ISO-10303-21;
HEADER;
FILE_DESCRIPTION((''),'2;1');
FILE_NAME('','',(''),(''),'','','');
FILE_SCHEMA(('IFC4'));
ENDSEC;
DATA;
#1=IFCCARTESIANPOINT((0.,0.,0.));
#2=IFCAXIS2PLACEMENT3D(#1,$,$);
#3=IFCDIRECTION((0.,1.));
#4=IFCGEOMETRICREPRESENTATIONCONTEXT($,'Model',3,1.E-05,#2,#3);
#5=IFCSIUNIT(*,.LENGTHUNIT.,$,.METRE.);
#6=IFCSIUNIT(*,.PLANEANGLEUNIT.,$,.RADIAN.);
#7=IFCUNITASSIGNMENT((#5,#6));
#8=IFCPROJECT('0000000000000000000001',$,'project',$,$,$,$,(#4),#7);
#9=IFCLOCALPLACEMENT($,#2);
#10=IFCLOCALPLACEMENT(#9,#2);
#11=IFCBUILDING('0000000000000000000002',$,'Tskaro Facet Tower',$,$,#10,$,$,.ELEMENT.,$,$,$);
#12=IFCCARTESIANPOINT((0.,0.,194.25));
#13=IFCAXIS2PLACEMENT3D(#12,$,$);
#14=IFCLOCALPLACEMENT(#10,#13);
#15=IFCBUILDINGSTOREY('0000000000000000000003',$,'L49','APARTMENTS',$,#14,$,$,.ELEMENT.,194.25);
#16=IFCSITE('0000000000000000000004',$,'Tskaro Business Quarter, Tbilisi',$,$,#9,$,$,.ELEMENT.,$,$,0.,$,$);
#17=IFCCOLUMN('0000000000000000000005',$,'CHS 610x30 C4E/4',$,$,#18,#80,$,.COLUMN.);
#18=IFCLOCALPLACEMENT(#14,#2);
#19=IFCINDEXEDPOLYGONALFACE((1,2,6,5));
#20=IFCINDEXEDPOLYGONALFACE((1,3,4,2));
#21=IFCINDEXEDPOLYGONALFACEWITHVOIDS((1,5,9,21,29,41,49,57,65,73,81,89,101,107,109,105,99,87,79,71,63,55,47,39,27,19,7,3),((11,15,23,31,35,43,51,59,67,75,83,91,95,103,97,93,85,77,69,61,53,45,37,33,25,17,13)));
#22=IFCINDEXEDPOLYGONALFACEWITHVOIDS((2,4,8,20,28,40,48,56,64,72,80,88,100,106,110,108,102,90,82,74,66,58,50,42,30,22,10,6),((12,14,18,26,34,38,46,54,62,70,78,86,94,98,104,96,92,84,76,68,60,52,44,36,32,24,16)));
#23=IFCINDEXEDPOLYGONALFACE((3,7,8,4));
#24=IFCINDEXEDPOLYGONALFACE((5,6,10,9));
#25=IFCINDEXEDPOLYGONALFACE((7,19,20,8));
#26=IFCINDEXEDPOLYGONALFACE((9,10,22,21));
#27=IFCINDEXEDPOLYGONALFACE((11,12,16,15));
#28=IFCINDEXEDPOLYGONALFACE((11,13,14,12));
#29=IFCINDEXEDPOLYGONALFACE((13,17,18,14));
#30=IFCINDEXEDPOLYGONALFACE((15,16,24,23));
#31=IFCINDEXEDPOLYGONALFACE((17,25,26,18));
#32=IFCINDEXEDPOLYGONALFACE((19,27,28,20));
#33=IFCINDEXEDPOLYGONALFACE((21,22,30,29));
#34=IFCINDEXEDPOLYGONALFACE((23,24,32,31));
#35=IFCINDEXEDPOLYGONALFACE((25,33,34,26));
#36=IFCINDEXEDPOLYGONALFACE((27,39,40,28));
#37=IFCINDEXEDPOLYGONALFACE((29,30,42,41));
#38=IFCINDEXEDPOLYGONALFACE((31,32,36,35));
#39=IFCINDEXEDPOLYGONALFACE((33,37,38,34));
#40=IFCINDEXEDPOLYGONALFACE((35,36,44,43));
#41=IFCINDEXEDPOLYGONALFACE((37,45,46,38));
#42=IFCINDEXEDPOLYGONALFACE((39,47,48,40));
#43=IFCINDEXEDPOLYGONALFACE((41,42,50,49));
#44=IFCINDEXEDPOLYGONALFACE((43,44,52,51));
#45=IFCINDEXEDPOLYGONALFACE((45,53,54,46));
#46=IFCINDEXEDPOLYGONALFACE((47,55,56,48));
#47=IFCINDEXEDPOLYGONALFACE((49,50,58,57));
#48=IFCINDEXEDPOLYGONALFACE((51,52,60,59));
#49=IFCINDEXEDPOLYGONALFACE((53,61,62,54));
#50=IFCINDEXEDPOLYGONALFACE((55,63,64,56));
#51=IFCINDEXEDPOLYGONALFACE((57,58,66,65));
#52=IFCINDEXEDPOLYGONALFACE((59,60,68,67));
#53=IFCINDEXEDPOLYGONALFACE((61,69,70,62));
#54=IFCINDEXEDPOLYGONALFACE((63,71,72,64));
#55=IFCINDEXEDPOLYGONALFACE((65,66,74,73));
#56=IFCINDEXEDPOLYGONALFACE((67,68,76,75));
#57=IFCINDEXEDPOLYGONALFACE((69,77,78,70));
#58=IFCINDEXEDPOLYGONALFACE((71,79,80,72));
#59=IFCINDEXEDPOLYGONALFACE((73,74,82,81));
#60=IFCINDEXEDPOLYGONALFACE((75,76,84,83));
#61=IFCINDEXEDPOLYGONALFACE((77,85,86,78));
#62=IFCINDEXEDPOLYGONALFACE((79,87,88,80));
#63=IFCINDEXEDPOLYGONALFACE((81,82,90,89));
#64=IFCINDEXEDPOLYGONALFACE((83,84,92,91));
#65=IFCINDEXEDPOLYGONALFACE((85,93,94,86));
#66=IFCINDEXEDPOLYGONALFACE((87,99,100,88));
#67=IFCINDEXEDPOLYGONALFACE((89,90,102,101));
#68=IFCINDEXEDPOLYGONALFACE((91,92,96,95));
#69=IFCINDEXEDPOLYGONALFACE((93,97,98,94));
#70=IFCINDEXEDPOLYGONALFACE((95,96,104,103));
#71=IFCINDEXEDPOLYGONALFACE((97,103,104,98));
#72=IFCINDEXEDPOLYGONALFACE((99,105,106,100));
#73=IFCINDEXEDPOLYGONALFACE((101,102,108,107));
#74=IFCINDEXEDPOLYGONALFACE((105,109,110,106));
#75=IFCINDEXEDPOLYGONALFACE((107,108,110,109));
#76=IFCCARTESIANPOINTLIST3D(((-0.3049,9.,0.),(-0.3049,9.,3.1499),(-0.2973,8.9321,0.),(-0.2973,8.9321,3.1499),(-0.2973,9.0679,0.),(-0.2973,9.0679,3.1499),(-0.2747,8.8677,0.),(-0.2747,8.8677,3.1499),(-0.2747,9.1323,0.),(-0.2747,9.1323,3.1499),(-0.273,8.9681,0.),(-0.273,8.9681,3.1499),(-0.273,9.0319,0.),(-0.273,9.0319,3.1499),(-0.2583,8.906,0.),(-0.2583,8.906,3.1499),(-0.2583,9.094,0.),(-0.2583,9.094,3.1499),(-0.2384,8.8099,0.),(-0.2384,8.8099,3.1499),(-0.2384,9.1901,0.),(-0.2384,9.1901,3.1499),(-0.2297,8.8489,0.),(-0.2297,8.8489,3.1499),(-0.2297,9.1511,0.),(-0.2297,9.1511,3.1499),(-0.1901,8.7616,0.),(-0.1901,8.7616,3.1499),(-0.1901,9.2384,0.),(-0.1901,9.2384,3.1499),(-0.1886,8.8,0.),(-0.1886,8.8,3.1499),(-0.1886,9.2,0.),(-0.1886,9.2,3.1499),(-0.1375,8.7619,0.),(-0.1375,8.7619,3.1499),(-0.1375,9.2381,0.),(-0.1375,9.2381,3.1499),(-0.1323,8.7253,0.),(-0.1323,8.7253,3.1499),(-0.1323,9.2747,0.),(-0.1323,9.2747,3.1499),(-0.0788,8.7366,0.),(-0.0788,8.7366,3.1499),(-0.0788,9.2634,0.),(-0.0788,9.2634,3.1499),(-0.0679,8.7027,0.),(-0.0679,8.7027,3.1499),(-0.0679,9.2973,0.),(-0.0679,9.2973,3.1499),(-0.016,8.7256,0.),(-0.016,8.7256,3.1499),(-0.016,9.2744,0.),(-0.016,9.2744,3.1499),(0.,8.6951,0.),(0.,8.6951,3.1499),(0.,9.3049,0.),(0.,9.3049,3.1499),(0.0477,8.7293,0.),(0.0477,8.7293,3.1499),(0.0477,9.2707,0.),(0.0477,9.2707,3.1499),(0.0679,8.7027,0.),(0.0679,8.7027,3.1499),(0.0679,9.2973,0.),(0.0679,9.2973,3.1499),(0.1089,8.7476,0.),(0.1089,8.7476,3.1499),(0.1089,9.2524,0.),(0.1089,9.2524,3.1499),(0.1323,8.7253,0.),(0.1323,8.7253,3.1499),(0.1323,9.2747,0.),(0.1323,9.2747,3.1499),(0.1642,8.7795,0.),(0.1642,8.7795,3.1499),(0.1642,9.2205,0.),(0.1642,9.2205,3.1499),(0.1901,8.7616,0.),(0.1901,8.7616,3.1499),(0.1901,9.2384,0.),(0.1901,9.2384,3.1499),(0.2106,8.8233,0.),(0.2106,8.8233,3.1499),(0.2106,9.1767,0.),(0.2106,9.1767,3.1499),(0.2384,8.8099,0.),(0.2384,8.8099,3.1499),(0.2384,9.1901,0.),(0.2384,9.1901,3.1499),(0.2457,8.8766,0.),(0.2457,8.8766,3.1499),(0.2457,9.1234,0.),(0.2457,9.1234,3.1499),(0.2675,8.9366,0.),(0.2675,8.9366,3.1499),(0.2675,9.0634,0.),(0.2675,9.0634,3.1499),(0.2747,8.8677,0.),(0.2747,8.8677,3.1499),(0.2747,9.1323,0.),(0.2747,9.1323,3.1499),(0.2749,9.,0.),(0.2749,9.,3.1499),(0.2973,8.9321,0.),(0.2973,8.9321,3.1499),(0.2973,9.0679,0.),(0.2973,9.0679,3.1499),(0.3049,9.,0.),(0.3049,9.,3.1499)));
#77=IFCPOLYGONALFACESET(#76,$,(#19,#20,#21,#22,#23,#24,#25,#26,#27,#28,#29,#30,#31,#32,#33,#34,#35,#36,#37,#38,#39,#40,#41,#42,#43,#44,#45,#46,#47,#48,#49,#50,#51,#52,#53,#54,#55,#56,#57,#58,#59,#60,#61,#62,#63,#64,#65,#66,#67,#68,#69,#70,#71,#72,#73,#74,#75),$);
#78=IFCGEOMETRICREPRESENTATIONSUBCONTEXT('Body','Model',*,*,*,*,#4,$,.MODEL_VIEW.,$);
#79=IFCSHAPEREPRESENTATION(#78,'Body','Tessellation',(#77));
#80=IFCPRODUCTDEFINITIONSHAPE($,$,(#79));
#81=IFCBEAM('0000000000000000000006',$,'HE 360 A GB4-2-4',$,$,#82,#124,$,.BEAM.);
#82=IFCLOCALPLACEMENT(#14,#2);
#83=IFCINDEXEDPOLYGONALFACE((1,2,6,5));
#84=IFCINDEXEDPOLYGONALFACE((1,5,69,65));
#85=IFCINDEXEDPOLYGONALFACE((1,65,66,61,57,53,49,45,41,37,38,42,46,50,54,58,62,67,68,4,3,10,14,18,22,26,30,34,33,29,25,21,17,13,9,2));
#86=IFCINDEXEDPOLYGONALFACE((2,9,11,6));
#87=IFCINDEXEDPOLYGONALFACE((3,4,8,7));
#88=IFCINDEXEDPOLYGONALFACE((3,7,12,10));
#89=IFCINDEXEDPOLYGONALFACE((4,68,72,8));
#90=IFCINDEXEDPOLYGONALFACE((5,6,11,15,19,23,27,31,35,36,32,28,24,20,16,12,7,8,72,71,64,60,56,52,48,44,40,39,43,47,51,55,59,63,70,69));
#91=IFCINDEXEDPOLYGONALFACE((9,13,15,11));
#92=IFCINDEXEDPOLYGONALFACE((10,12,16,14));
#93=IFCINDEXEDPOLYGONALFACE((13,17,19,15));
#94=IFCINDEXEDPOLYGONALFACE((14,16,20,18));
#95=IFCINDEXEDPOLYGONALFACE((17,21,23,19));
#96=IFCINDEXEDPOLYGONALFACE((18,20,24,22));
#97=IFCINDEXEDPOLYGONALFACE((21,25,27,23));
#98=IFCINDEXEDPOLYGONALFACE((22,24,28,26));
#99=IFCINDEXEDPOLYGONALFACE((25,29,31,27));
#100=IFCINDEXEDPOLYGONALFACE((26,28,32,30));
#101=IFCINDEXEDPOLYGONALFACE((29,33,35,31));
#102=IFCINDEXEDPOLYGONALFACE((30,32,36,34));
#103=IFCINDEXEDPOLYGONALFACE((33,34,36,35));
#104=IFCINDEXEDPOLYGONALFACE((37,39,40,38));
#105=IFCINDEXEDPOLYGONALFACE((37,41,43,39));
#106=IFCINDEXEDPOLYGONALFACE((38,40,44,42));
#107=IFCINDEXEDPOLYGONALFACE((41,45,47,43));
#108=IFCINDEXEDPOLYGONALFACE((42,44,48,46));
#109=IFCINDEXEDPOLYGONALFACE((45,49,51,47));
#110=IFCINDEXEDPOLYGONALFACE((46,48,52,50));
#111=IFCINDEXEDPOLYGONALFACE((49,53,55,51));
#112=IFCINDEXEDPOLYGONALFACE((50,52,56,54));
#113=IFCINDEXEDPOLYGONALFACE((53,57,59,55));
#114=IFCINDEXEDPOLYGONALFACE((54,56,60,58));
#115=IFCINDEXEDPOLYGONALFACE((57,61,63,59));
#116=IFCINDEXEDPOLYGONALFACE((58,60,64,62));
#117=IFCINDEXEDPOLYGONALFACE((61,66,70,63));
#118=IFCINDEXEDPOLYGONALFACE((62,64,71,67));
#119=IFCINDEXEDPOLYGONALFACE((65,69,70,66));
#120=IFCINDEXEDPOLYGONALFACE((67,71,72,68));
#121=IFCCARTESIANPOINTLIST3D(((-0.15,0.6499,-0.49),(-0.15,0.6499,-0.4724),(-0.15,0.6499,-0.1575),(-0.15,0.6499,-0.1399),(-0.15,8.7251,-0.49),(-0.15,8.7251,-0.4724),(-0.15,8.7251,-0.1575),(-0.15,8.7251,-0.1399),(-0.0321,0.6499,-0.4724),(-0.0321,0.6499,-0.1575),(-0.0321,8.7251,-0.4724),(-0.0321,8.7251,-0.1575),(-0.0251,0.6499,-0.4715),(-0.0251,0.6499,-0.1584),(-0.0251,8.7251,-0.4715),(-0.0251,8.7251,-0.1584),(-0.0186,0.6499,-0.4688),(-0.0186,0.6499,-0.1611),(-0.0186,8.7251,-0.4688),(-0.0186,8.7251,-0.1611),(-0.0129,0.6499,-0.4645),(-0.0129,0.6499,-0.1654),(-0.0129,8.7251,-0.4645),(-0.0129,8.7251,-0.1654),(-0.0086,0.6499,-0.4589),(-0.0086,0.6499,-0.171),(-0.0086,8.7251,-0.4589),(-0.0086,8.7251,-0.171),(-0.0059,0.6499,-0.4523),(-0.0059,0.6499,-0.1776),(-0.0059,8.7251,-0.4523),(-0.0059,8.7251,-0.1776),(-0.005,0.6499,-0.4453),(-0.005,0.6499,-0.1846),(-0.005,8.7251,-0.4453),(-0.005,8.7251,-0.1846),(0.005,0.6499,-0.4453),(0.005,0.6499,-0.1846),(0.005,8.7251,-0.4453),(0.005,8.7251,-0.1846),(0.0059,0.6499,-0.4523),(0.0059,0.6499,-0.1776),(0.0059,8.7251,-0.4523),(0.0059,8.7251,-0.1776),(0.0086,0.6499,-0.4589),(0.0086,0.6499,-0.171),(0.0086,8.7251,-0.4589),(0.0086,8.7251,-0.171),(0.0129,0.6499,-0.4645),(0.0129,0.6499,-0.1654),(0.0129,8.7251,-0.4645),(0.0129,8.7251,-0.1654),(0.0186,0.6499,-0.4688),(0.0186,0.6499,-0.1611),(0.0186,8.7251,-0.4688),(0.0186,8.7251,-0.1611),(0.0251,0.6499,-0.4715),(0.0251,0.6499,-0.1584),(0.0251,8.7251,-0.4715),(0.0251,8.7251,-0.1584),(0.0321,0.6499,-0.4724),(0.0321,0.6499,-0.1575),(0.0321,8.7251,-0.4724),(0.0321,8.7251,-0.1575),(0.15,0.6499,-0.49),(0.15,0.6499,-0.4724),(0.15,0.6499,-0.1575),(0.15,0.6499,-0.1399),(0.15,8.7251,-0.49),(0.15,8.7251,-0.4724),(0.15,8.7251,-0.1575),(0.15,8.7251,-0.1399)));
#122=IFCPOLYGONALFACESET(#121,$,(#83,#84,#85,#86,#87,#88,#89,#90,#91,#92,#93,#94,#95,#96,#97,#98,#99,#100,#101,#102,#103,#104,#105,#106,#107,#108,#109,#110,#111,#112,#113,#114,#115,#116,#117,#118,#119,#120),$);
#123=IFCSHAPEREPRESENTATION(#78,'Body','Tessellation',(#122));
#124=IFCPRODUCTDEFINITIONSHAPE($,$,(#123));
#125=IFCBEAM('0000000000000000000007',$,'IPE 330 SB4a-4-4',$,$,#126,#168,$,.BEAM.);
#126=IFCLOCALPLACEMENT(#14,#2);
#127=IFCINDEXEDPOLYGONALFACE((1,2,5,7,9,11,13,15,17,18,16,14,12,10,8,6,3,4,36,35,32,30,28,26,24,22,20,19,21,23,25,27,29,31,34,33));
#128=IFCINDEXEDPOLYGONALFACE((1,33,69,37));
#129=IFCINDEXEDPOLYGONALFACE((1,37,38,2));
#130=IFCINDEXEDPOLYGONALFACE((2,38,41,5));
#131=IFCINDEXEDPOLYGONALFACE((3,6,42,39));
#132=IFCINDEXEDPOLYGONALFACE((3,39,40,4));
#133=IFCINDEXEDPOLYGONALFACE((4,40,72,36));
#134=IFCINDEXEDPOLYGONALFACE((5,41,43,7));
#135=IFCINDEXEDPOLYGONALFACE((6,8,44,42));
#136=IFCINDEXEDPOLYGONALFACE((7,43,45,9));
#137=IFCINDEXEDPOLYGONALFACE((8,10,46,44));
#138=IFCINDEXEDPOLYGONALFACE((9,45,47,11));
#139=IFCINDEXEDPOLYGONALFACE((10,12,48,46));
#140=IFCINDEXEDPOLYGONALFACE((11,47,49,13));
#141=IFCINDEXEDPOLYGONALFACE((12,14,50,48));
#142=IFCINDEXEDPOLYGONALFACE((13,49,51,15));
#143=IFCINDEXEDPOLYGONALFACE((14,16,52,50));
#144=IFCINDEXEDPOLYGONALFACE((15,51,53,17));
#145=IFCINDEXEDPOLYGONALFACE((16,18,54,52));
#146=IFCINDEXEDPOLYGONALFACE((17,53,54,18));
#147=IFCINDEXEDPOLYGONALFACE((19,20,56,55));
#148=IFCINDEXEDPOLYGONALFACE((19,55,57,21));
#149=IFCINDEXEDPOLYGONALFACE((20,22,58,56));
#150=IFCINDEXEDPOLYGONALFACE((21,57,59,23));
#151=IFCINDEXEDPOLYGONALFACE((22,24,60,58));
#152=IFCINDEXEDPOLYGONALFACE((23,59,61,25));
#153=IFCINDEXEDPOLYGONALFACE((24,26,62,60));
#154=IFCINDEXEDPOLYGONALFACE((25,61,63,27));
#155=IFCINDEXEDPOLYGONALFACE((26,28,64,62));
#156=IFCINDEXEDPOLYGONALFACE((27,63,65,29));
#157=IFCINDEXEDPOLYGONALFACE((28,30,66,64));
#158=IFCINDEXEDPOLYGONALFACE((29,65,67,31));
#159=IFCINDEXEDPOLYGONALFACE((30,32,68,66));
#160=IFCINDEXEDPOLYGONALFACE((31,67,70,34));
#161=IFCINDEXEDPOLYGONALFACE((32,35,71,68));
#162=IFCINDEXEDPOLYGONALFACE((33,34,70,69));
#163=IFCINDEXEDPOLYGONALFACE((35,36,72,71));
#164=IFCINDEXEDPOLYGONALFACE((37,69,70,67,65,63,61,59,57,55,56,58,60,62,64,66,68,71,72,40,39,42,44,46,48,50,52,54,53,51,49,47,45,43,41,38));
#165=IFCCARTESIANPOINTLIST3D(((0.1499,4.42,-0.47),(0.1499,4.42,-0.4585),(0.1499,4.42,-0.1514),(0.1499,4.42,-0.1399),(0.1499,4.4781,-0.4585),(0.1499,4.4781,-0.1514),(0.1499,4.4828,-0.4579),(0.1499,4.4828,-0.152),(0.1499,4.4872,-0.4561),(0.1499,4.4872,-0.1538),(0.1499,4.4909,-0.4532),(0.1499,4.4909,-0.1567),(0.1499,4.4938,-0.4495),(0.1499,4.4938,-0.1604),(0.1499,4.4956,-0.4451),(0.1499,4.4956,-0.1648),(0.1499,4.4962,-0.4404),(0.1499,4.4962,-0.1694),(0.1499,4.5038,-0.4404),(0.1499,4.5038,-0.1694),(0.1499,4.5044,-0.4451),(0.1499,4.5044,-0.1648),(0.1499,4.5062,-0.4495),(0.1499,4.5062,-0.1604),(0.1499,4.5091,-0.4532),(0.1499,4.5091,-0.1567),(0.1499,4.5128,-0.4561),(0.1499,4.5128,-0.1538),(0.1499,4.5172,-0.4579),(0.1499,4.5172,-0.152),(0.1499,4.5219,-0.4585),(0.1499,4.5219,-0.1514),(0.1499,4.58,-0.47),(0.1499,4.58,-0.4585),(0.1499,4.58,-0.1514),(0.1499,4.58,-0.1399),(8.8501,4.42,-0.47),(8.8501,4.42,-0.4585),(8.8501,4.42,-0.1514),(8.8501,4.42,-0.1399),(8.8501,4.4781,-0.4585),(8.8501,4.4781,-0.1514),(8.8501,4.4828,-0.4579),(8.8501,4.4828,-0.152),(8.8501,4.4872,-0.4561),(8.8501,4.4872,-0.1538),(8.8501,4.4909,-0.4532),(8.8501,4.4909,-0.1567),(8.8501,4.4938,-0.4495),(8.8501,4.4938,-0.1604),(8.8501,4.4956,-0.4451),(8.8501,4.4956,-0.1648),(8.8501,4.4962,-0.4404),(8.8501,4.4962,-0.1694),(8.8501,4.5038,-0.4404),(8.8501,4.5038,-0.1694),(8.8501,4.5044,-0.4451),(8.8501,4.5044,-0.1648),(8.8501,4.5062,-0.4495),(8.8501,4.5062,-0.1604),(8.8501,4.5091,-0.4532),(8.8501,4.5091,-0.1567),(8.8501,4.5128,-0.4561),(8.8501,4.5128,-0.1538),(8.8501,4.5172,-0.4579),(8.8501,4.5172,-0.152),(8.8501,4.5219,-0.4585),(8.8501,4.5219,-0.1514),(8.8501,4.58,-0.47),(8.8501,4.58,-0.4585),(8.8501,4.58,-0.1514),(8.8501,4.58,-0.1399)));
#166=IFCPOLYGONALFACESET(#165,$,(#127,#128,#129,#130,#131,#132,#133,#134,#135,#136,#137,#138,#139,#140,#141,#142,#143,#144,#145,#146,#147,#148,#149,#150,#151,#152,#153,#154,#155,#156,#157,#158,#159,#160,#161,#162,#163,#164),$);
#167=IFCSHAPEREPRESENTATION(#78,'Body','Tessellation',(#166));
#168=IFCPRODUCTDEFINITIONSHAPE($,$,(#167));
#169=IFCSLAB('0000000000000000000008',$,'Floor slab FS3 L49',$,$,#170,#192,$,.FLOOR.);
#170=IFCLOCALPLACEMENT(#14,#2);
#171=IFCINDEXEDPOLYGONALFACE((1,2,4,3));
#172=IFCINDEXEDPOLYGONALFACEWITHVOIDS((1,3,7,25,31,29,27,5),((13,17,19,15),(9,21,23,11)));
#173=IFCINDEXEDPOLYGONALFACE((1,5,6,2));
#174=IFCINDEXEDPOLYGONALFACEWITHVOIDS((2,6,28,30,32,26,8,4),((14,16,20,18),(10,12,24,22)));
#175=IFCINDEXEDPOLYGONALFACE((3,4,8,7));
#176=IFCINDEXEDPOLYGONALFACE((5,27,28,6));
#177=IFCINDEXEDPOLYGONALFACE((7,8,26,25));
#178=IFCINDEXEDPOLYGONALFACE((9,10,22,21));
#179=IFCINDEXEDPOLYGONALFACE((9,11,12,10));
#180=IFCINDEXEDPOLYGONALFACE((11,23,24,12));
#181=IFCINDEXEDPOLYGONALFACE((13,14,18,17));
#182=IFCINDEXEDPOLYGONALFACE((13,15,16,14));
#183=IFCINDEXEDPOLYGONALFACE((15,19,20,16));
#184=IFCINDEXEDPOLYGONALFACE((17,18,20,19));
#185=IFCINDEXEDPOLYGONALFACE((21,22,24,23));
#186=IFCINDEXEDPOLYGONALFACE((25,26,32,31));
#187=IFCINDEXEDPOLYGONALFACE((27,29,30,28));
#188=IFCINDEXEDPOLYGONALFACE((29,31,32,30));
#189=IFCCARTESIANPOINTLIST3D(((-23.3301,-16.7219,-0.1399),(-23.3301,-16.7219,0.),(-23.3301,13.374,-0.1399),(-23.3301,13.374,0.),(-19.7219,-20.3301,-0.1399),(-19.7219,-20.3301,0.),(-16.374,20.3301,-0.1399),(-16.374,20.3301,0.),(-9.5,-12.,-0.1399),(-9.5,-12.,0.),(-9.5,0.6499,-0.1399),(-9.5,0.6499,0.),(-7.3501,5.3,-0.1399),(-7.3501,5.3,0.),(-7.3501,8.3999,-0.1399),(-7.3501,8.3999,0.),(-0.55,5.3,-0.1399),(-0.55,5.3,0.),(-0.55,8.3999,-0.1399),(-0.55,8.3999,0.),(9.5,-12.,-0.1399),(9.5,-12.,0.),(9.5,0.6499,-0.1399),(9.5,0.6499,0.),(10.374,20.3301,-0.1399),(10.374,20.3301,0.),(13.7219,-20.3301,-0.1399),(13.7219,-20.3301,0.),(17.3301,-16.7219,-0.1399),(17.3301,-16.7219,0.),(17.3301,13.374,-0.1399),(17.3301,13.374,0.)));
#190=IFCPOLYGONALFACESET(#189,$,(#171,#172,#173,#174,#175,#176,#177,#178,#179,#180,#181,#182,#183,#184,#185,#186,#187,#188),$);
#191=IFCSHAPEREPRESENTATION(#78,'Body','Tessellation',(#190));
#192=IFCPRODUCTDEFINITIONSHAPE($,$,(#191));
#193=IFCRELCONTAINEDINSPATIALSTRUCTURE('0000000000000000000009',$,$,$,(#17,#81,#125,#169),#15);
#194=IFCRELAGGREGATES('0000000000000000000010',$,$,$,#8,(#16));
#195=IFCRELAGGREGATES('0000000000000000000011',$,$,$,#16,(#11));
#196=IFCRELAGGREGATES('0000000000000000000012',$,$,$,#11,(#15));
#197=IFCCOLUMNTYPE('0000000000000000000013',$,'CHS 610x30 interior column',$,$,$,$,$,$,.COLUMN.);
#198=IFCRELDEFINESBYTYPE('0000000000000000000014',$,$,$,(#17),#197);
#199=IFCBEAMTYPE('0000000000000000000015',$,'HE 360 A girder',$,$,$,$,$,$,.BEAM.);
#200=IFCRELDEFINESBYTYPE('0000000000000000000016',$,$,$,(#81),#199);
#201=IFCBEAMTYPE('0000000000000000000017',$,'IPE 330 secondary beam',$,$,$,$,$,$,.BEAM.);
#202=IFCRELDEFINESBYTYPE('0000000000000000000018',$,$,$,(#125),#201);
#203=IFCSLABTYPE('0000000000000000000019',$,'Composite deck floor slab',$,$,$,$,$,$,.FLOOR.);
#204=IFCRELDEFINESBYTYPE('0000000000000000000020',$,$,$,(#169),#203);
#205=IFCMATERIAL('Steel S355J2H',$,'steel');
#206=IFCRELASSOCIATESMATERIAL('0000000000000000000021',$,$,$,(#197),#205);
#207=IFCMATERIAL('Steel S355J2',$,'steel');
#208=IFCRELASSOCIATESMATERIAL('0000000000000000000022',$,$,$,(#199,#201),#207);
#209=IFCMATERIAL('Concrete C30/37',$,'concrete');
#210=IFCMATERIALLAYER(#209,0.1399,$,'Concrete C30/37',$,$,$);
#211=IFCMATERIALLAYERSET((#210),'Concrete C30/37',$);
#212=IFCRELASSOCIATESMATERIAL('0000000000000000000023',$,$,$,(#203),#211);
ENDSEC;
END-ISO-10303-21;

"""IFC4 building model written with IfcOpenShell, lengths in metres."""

from ifc_helpers import new_model, si_unit, direction, frame, origin, origin_2d, place, context, subcontext, project, spatial, polyline, hollow_circle, i_section, outline, extrude, material, layer, layer_set, material_profile, profile_set, type_object, element, save


model = new_model("IFC4")

# Units and contexts
model_context = context("Model", 3, precision=1e-05, world=origin(), true_north=direction((0.0, 1.0)))
body_context = subcontext(model_context, "Body", "Model", "MODEL_VIEW")
ifc_project = project(units=[si_unit("LENGTHUNIT", "METRE"), si_unit("PLANEANGLEUNIT", "RADIAN")], contexts=[model_context])

# Site, building, storey
site_placement = place(None, origin())
site = spatial("IfcSite", under=ifc_project, at=site_placement, Name="Tskaro Business Quarter, Tbilisi", CompositionType="ELEMENT", RefElevation=0.0)
building_placement = place(site_placement, origin())
building = spatial("IfcBuilding", under=site, at=building_placement, Name="Tskaro Facet Tower", CompositionType="ELEMENT")
storey_placement = place(building_placement, frame((0.0, 0.0, 194.25)))
storey = spatial("IfcBuildingStorey", under=building, at=storey_placement, Name="L49", Description="APARTMENTS", CompositionType="ELEMENT", Elevation=194.25)

# Column
ifc_material_1 = material(Name="Steel S355J2H", Category="steel")
ifc_material_profile_1 = material_profile(ifc_material_1, hollow_circle(Radius=0.3049, WallThickness=0.03, at=origin_2d()), Name="CHS 610x30")
ifc_profile_set_1 = profile_set([ifc_material_profile_1], Name="Steel S355J2H")
column_type = type_object("IfcColumnType", Name="CHS 610x30 interior column", PredefinedType="COLUMN", material=ifc_profile_set_1)
column_placement = place(storey_placement, frame((0.0, 9.0, 0.0), z_axis=(0.0, 0.0, 1.0), x_axis=(1.0, 0.0, 0.0)))
element("IfcColumn", 1, at=column_placement, inside=storey, type_object=column_type, Name="CHS 610x30 C4E/4", PredefinedType="COLUMN", context=body_context, shape_type="SweptSolid", body=[
    extrude(hollow_circle(Radius=0.3049, WallThickness=0.03, at=origin_2d()), origin(), (0.0, 0.0, 1.0), 3.1499),
])

# Beams
ifc_material_2 = material(Name="Steel S355J2", Category="steel")
ifc_material_profile_2 = material_profile(ifc_material_2, i_section(OverallWidth=0.3, OverallDepth=0.3501, WebThickness=0.01, FlangeThickness=0.0176, FilletRadius=0.0271, at=origin_2d()), Name="HE 360 A")
ifc_profile_set_2 = profile_set([ifc_material_profile_2], Name="Steel S355J2")
beam_type_1 = type_object("IfcBeamType", Name="HE 360 A girder", PredefinedType="BEAM", material=ifc_profile_set_2)
beam_1_placement = place(storey_placement, frame((0.0, 0.6499, -0.3149), z_axis=(0.0, 1.0, 0.0), x_axis=(-1.0, 0.0, 0.0)))
element("IfcBeam", 2, at=beam_1_placement, inside=storey, type_object=beam_type_1, Name="HE 360 A GB4-2-4", PredefinedType="BEAM", context=body_context, shape_type="SweptSolid", body=[
    extrude(i_section(OverallWidth=0.3, OverallDepth=0.3501, WebThickness=0.01, FlangeThickness=0.0176, FilletRadius=0.0271, at=origin_2d()), origin(), (0.0, 0.0, 1.0), 8.0752),
])
ifc_material_profile_3 = material_profile(ifc_material_2, i_section(OverallWidth=0.1599, OverallDepth=0.3301, WebThickness=0.0076, FlangeThickness=0.0115, FilletRadius=0.0181, at=origin_2d()), Name="IPE 330")
ifc_profile_set_3 = profile_set([ifc_material_profile_3], Name="Steel S355J2")
beam_type_2 = type_object("IfcBeamType", Name="IPE 330 secondary beam", PredefinedType="BEAM", material=ifc_profile_set_3)
beam_2_placement = place(storey_placement, frame((0.1499, 4.5, -0.3049), z_axis=(1.0, 0.0, 0.0), x_axis=(0.0, 1.0, 0.0)))
element("IfcBeam", 3, at=beam_2_placement, inside=storey, type_object=beam_type_2, Name="IPE 330 SB4a-4-4", PredefinedType="BEAM", context=body_context, shape_type="SweptSolid", body=[
    extrude(i_section(OverallWidth=0.1599, OverallDepth=0.3301, WebThickness=0.0076, FlangeThickness=0.0115, FilletRadius=0.0181, at=origin_2d()), origin(), (0.0, 0.0, 1.0), 8.7002),
])

# Slab
ifc_material_3 = material(Name="Concrete C30/37", Category="concrete")
ifc_layer_1 = layer(ifc_material_3, 0.1399, Name="Concrete C30/37")
ifc_layer_set_1 = layer_set([ifc_layer_1], Name="Concrete C30/37")
slab_type_1 = type_object("IfcSlabType", Name="Composite deck floor slab", PredefinedType="FLOOR", material=ifc_layer_set_1)
slab_1_placement = place(storey_placement, frame((0.0, 0.0, -0.1399)))
element("IfcSlab", 4, at=slab_1_placement, inside=storey, type_object=slab_type_1, Name="Floor slab FS3 L49", PredefinedType="FLOOR", context=body_context, shape_type="SweptSolid", body=[
    extrude(outline(polyline([(-19.7219, -20.3301), (13.7219, -20.3301), (17.3301, -16.7219), (17.3301, 13.374), (10.374, 20.3301), (-16.374, 20.3301), (-23.3301, 13.374), (-23.3301, -16.7219), (-19.7219, -20.3301)]), holes=[polyline([(-9.5, -12.0), (9.5, -12.0), (9.5, 0.6499), (-9.5, 0.6499), (-9.5, -12.0)]), polyline([(-7.3501, 5.3), (-0.55, 5.3), (-0.55, 8.3999), (-7.3501, 8.3999), (-7.3501, 5.3)])]), origin(), (0.0, 0.0, 1.0), 0.1399),
])

save(model, "model.ifc")
